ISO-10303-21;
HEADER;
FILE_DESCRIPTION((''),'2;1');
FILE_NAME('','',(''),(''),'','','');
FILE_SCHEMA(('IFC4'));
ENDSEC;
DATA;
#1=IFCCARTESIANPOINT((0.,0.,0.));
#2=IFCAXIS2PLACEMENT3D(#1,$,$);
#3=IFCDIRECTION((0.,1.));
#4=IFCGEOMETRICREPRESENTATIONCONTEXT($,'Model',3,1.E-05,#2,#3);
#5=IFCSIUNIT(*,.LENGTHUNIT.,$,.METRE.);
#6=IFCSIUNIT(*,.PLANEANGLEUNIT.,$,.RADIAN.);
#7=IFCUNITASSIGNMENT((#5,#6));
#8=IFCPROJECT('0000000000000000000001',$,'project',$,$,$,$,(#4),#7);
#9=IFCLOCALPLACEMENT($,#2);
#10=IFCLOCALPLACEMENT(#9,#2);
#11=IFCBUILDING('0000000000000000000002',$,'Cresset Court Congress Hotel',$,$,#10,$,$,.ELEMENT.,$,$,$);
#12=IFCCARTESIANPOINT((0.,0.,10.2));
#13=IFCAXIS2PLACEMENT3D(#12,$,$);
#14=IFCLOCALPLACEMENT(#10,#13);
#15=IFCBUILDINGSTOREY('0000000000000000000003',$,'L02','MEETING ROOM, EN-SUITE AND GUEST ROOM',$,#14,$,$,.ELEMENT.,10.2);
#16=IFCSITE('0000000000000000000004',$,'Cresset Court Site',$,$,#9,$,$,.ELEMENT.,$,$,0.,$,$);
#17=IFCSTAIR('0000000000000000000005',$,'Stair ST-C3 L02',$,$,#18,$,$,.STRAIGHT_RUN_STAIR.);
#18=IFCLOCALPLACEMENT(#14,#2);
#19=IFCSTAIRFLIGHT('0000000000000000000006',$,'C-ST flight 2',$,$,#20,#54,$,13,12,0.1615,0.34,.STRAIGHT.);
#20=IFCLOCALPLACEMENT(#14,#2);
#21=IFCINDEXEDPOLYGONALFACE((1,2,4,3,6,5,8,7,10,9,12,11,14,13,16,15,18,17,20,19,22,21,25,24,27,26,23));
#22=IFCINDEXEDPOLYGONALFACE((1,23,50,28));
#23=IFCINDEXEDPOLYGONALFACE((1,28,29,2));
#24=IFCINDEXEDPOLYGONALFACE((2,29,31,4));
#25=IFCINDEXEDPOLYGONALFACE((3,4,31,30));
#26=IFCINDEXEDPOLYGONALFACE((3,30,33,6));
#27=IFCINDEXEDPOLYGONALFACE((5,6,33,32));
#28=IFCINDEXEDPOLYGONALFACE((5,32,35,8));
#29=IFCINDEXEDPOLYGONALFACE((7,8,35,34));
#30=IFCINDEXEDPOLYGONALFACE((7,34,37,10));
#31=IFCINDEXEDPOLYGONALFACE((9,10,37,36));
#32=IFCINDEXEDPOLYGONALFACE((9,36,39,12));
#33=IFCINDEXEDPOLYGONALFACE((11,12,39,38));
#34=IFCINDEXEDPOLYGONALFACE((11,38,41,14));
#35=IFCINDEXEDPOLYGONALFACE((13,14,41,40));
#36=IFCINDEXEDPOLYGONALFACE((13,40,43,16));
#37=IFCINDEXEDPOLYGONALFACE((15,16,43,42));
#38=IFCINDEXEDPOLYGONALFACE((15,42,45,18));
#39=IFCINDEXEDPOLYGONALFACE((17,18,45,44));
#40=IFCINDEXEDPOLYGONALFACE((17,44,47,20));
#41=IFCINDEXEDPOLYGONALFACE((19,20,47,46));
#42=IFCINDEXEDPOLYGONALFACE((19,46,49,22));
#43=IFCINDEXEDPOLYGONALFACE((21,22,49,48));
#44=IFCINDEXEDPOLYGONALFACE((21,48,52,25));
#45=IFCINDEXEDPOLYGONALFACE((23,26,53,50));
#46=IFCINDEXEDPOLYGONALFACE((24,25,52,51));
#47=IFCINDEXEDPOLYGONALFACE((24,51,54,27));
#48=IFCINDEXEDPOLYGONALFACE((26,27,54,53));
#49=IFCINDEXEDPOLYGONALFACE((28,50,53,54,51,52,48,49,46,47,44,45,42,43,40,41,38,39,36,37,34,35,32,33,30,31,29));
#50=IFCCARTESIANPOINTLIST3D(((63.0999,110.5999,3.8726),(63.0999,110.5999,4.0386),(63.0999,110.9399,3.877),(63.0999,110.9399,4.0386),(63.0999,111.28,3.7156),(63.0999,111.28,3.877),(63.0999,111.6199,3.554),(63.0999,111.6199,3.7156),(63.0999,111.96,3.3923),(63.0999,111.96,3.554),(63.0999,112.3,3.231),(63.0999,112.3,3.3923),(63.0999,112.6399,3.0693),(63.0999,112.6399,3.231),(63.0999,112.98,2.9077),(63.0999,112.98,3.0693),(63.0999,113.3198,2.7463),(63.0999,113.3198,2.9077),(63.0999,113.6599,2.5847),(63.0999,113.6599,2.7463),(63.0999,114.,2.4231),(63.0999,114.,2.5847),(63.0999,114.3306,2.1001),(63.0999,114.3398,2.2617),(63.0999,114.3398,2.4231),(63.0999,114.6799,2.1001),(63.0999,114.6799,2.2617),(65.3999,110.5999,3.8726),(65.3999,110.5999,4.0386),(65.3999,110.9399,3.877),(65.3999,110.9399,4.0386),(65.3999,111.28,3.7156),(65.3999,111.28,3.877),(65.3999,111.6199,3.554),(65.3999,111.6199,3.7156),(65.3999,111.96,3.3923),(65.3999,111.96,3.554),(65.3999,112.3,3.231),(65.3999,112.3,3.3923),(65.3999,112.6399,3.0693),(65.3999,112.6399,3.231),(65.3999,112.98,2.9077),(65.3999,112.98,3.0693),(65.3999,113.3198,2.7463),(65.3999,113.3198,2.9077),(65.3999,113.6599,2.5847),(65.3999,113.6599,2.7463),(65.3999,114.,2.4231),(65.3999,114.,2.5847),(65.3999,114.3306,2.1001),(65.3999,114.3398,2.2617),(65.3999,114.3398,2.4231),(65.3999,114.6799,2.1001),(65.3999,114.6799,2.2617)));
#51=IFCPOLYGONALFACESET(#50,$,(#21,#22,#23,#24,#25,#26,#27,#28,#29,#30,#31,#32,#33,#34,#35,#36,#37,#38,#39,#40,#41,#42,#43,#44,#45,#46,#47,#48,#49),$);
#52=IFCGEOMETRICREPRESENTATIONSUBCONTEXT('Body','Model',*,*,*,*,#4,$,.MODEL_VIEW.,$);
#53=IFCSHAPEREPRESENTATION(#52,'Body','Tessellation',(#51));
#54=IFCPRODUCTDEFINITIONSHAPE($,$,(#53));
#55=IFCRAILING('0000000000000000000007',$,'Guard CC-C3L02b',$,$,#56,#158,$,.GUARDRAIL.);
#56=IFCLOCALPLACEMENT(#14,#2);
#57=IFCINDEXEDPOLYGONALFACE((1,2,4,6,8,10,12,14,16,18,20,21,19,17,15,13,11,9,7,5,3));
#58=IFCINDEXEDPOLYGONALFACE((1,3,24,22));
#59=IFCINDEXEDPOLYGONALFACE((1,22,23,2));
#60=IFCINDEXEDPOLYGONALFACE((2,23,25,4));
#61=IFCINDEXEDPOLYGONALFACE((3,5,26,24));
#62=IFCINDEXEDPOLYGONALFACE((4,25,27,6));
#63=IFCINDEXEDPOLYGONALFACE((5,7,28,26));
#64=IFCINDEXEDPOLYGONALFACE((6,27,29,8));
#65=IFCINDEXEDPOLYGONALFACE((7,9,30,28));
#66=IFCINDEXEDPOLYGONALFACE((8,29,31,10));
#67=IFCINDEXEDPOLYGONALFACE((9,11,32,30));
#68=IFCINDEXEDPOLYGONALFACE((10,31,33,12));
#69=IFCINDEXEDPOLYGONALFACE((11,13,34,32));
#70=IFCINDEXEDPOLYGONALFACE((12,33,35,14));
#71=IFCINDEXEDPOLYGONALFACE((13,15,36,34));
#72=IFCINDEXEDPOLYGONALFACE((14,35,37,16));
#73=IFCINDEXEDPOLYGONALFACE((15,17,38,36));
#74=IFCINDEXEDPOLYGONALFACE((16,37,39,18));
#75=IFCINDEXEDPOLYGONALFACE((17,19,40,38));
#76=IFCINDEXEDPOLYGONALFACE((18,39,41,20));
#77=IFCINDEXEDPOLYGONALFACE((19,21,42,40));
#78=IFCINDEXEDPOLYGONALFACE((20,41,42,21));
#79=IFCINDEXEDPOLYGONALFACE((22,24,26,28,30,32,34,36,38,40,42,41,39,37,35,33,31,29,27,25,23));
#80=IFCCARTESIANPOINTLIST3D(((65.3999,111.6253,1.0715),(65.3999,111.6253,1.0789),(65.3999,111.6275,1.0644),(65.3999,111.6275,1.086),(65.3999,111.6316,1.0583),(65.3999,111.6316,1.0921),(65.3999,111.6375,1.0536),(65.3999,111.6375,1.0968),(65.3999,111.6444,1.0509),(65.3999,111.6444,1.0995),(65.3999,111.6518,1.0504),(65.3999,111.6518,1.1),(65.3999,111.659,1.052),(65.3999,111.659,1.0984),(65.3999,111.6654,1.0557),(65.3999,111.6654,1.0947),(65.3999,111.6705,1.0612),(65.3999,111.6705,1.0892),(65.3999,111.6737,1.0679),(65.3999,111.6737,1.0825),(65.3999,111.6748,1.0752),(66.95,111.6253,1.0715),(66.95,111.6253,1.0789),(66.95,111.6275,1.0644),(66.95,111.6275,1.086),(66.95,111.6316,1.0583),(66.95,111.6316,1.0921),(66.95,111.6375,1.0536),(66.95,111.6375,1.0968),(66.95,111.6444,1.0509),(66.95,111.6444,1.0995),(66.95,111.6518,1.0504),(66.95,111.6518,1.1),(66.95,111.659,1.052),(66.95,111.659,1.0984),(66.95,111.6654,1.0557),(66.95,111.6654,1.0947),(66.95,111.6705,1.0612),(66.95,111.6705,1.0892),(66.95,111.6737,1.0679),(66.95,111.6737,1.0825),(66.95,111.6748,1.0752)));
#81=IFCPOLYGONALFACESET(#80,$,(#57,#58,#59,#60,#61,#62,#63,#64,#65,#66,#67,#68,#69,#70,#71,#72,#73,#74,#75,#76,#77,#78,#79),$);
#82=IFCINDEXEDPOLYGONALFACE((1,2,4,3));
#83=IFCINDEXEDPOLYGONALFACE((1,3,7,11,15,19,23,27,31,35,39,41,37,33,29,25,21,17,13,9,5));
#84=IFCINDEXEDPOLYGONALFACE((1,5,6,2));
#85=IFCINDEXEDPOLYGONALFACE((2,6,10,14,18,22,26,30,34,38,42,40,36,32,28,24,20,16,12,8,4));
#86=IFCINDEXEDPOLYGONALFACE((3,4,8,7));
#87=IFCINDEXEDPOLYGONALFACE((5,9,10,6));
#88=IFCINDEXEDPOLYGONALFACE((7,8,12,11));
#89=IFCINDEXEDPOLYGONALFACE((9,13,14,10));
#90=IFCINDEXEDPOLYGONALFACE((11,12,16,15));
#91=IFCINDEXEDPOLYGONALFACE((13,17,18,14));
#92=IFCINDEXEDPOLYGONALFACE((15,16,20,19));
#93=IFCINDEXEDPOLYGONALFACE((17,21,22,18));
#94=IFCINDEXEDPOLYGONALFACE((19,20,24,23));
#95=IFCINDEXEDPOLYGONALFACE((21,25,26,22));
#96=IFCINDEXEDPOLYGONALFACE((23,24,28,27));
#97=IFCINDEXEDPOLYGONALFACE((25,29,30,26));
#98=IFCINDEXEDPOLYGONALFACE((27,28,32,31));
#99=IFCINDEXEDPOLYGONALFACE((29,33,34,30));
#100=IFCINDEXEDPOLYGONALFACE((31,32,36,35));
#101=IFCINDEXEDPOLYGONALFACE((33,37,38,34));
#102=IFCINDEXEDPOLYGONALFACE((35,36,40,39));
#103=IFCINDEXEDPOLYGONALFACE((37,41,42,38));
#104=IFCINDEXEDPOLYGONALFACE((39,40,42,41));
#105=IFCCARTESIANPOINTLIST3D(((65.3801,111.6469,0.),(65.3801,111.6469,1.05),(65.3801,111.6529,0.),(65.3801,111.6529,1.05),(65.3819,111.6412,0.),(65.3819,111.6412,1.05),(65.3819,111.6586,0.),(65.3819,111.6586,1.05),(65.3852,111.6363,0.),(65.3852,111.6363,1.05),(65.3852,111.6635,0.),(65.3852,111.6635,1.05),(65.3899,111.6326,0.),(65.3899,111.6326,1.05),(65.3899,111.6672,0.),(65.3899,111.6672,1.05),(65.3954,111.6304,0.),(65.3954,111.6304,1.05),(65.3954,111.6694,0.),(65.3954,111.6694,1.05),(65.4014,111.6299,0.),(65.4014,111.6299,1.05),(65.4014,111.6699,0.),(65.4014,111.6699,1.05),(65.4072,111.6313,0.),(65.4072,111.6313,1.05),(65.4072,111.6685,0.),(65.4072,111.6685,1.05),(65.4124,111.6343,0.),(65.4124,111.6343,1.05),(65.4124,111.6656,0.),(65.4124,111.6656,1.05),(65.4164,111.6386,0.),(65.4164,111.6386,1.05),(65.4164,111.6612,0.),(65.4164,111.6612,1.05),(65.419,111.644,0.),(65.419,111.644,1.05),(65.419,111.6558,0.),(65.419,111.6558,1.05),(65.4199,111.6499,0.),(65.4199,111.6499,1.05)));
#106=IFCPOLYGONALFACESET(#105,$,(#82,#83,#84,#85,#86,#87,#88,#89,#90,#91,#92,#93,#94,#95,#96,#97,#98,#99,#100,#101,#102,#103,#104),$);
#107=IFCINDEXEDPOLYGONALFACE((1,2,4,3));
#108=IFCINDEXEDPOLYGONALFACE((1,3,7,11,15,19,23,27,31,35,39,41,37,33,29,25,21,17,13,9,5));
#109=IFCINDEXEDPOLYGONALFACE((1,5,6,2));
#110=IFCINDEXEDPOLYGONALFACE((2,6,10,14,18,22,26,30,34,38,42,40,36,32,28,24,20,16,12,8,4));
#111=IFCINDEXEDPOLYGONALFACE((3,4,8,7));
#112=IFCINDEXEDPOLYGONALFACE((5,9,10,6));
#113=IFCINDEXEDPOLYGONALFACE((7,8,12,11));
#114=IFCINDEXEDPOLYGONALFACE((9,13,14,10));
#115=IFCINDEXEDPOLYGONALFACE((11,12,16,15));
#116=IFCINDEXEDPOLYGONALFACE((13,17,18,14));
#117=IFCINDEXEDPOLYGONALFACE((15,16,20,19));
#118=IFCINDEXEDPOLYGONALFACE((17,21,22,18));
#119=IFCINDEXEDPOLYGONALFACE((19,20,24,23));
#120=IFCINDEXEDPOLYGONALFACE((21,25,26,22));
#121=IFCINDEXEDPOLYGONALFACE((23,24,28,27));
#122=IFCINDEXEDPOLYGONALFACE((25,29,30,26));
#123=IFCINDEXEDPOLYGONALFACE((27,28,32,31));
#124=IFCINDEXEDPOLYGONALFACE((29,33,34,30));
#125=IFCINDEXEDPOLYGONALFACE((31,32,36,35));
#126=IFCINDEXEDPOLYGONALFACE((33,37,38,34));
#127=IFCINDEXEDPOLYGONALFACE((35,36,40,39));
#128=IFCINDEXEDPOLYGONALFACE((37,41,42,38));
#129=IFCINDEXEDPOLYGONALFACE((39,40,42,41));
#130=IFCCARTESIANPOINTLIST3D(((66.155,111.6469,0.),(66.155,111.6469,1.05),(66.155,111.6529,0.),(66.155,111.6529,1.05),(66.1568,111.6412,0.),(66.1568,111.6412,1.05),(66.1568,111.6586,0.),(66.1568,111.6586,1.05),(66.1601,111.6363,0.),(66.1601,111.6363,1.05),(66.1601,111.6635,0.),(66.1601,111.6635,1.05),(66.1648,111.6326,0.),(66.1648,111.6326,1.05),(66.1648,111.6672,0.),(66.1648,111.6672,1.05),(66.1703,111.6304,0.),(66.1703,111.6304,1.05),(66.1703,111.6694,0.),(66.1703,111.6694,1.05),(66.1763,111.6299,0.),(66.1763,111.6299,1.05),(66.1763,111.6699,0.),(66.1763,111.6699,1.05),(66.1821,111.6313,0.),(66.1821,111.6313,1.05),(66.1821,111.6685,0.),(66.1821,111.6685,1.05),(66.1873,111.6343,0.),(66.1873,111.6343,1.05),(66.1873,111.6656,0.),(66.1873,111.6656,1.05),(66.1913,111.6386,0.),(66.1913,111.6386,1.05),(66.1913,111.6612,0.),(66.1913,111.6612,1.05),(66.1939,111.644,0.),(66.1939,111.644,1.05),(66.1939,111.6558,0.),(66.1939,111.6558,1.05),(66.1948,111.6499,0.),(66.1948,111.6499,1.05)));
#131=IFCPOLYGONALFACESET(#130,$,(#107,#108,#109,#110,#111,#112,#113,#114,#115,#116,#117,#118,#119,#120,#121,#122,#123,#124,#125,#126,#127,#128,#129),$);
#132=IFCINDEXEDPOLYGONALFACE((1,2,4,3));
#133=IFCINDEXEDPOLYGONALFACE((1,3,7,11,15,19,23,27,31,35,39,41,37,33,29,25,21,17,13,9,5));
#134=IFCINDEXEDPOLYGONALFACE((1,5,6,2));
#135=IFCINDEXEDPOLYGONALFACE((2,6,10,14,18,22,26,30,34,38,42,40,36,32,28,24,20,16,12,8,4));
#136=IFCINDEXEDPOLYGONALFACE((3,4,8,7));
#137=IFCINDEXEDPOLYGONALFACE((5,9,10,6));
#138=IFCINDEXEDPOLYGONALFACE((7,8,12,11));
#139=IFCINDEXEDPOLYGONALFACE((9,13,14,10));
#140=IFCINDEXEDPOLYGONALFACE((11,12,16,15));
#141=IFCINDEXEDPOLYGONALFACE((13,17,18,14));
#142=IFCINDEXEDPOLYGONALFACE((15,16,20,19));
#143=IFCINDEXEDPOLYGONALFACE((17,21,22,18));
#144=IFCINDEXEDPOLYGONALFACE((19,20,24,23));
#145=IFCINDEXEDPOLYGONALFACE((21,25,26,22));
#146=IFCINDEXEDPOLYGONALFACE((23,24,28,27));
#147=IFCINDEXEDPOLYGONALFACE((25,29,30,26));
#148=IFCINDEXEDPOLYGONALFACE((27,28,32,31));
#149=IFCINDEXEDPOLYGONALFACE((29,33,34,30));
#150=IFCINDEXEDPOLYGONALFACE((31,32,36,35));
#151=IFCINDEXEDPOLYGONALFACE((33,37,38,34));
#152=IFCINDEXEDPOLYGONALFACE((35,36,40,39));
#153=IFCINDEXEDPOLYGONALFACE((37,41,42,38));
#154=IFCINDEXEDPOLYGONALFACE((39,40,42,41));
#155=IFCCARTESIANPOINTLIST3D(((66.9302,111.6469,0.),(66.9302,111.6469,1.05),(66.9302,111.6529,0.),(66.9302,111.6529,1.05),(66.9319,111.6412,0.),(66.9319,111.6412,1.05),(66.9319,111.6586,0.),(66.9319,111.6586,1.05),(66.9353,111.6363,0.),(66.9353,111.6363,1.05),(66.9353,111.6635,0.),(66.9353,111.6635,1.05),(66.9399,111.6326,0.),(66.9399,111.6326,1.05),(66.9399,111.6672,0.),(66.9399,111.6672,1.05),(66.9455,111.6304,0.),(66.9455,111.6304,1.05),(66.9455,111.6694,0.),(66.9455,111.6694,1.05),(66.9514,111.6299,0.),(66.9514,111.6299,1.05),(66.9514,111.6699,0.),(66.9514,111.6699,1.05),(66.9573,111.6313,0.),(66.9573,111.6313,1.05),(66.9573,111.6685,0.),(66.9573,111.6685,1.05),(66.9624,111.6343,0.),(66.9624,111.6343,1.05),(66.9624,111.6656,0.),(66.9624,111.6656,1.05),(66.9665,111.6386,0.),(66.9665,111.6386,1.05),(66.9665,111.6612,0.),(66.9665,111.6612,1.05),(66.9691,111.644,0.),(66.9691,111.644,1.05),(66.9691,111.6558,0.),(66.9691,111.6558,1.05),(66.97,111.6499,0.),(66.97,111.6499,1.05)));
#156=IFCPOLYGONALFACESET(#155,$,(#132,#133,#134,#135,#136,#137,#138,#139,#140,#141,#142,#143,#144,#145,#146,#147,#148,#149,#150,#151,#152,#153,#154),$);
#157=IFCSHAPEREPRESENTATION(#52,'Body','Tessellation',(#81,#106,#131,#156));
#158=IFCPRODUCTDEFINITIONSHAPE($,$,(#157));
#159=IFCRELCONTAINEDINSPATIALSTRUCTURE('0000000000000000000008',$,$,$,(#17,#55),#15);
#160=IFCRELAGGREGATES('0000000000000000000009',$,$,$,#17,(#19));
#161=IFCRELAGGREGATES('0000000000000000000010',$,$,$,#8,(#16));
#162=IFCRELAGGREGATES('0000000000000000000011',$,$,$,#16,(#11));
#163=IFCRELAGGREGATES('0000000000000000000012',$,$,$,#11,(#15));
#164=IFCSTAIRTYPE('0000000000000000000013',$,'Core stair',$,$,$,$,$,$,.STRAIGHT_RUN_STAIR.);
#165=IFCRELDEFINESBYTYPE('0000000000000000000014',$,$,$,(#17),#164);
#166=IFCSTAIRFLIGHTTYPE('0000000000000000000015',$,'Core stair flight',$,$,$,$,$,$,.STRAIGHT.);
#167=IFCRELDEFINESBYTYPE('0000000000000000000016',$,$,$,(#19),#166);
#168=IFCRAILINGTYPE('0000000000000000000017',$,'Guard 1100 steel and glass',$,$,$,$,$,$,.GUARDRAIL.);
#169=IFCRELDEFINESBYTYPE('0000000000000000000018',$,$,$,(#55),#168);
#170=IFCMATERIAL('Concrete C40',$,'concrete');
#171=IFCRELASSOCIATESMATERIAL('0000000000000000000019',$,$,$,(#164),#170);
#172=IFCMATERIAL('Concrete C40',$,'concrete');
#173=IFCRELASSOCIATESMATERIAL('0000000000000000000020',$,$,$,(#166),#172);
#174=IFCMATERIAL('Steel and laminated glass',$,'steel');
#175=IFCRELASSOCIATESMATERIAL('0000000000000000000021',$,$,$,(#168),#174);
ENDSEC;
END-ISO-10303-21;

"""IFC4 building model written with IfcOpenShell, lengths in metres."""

from ifc_helpers import new_model, si_unit, direction, frame, origin, origin_2d, place, context, subcontext, project, spatial, polyline, circle, outline, extrude, material, type_object, element, aggregate, save


model = new_model("IFC4")

# Units and contexts
model_context = context("Model", 3, precision=1e-05, world=origin(), true_north=direction((0.0, 1.0)))
body_context = subcontext(model_context, "Body", "Model", "MODEL_VIEW")
ifc_project = project(units=[si_unit("LENGTHUNIT", "METRE"), si_unit("PLANEANGLEUNIT", "RADIAN")], contexts=[model_context])

# Site, building, storey
site_placement = place(None, origin())
site = spatial("IfcSite", under=ifc_project, at=site_placement, Name="Cresset Court Site", CompositionType="ELEMENT", RefElevation=0.0)
building_placement = place(site_placement, origin())
building = spatial("IfcBuilding", under=site, at=building_placement, Name="Cresset Court Congress Hotel", CompositionType="ELEMENT")
storey_placement = place(building_placement, frame((0.0, 0.0, 10.2)))
storey = spatial("IfcBuildingStorey", under=building, at=storey_placement, Name="L02", Description="MEETING ROOM, EN-SUITE AND GUEST ROOM", CompositionType="ELEMENT", Elevation=10.2)

# Stair, stair flight
ifc_material_1 = material(Name="Concrete C40", Category="concrete")
stair_type = type_object("IfcStairType", Name="Core stair", PredefinedType="STRAIGHT_RUN_STAIR", material=ifc_material_1)
stair_placement = place(storey_placement, origin())
stair = element("IfcStair", 1, at=stair_placement, inside=storey, type_object=stair_type, Name="Stair ST-C3 L02", PredefinedType="STRAIGHT_RUN_STAIR")
ifc_material_2 = material(Name="Concrete C40", Category="concrete")
stair_flight_type = type_object("IfcStairFlightType", Name="Core stair flight", PredefinedType="STRAIGHT", material=ifc_material_2)
stair_flight_1_placement = place(storey_placement, frame((64.25, 114.6799, 2.1001), z_axis=(0.0, 0.0, 1.0), x_axis=(0.0, -1.0, 0.0)))
stair_flight_1 = element("IfcStairFlight", 2, at=stair_flight_1_placement, type_object=stair_flight_type, Name="C-ST flight 2", NumberOfRisers=13, NumberOfTreads=12, PredefinedType="STRAIGHT", RiserHeight=0.1615, TreadLength=0.34, context=body_context, shape_type="SweptSolid", body=[
    extrude(outline(polyline([(0.0, 0.0), (0.0, 0.1616), (0.3401, 0.1616), (0.3401, 0.323), (0.6799, 0.323), (0.6799, 0.4846), (1.02, 0.4846), (1.02, 0.6462), (1.3601, 0.6462), (1.3601, 0.8076), (1.7, 0.8076), (1.7, 0.9692), (2.04, 0.9692), (2.04, 1.1309), (2.3799, 1.1309), (2.3799, 1.2922), (2.72, 1.2922), (2.72, 1.4539), (3.0601, 1.4539), (3.0601, 1.6155), (3.3999, 1.6155), (3.3999, 1.7769), (3.74, 1.7769), (3.74, 1.9385), (4.0801, 1.9385), (4.0801, 2.1001), (4.0801, 1.7725), (0.3494, 0.0), (0.0, 0.0)])), frame((0.0, 1.1499, 0.0), z_axis=(0.0, -1.0, 0.0), x_axis=(1.0, 0.0, 0.0)), (0.0, 0.0, 1.0), 2.3),
])
aggregate(stair, [stair_flight_1])

# Railing
ifc_material_3 = material(Name="Steel and laminated glass", Category="steel")
railing_type = type_object("IfcRailingType", Name="Guard 1100 steel and glass", PredefinedType="GUARDRAIL", material=ifc_material_3)
for number, where, name in (
    (3, (65.3999, 111.6499, 0.0), "Guard CC-C3L02b"),
):
    element("IfcRailing", number, at=place(storey_placement, frame(where)), inside=storey, type_object=railing_type, Name=name, PredefinedType="GUARDRAIL", context=body_context, shape_type="SweptSolid", body=[
        extrude(circle(Radius=0.0249, at=origin_2d()), frame((0.0, 0.0, 1.0752), z_axis=(1.0, 0.0, 0.0), x_axis=(0.0, 1.0, 0.0)), (0.0, 0.0, 1.0), 1.55),
        extrude(circle(Radius=0.02, at=origin_2d()), origin(), (0.0, 0.0, 1.0), 1.05),
        extrude(circle(Radius=0.02, at=origin_2d()), frame((0.7749, 0.0, 0.0)), (0.0, 0.0, 1.0), 1.05),
        extrude(circle(Radius=0.02, at=origin_2d()), frame((1.55, 0.0, 0.0)), (0.0, 0.0, 1.0), 1.05),
    ])

save(model, "model.ifc")
